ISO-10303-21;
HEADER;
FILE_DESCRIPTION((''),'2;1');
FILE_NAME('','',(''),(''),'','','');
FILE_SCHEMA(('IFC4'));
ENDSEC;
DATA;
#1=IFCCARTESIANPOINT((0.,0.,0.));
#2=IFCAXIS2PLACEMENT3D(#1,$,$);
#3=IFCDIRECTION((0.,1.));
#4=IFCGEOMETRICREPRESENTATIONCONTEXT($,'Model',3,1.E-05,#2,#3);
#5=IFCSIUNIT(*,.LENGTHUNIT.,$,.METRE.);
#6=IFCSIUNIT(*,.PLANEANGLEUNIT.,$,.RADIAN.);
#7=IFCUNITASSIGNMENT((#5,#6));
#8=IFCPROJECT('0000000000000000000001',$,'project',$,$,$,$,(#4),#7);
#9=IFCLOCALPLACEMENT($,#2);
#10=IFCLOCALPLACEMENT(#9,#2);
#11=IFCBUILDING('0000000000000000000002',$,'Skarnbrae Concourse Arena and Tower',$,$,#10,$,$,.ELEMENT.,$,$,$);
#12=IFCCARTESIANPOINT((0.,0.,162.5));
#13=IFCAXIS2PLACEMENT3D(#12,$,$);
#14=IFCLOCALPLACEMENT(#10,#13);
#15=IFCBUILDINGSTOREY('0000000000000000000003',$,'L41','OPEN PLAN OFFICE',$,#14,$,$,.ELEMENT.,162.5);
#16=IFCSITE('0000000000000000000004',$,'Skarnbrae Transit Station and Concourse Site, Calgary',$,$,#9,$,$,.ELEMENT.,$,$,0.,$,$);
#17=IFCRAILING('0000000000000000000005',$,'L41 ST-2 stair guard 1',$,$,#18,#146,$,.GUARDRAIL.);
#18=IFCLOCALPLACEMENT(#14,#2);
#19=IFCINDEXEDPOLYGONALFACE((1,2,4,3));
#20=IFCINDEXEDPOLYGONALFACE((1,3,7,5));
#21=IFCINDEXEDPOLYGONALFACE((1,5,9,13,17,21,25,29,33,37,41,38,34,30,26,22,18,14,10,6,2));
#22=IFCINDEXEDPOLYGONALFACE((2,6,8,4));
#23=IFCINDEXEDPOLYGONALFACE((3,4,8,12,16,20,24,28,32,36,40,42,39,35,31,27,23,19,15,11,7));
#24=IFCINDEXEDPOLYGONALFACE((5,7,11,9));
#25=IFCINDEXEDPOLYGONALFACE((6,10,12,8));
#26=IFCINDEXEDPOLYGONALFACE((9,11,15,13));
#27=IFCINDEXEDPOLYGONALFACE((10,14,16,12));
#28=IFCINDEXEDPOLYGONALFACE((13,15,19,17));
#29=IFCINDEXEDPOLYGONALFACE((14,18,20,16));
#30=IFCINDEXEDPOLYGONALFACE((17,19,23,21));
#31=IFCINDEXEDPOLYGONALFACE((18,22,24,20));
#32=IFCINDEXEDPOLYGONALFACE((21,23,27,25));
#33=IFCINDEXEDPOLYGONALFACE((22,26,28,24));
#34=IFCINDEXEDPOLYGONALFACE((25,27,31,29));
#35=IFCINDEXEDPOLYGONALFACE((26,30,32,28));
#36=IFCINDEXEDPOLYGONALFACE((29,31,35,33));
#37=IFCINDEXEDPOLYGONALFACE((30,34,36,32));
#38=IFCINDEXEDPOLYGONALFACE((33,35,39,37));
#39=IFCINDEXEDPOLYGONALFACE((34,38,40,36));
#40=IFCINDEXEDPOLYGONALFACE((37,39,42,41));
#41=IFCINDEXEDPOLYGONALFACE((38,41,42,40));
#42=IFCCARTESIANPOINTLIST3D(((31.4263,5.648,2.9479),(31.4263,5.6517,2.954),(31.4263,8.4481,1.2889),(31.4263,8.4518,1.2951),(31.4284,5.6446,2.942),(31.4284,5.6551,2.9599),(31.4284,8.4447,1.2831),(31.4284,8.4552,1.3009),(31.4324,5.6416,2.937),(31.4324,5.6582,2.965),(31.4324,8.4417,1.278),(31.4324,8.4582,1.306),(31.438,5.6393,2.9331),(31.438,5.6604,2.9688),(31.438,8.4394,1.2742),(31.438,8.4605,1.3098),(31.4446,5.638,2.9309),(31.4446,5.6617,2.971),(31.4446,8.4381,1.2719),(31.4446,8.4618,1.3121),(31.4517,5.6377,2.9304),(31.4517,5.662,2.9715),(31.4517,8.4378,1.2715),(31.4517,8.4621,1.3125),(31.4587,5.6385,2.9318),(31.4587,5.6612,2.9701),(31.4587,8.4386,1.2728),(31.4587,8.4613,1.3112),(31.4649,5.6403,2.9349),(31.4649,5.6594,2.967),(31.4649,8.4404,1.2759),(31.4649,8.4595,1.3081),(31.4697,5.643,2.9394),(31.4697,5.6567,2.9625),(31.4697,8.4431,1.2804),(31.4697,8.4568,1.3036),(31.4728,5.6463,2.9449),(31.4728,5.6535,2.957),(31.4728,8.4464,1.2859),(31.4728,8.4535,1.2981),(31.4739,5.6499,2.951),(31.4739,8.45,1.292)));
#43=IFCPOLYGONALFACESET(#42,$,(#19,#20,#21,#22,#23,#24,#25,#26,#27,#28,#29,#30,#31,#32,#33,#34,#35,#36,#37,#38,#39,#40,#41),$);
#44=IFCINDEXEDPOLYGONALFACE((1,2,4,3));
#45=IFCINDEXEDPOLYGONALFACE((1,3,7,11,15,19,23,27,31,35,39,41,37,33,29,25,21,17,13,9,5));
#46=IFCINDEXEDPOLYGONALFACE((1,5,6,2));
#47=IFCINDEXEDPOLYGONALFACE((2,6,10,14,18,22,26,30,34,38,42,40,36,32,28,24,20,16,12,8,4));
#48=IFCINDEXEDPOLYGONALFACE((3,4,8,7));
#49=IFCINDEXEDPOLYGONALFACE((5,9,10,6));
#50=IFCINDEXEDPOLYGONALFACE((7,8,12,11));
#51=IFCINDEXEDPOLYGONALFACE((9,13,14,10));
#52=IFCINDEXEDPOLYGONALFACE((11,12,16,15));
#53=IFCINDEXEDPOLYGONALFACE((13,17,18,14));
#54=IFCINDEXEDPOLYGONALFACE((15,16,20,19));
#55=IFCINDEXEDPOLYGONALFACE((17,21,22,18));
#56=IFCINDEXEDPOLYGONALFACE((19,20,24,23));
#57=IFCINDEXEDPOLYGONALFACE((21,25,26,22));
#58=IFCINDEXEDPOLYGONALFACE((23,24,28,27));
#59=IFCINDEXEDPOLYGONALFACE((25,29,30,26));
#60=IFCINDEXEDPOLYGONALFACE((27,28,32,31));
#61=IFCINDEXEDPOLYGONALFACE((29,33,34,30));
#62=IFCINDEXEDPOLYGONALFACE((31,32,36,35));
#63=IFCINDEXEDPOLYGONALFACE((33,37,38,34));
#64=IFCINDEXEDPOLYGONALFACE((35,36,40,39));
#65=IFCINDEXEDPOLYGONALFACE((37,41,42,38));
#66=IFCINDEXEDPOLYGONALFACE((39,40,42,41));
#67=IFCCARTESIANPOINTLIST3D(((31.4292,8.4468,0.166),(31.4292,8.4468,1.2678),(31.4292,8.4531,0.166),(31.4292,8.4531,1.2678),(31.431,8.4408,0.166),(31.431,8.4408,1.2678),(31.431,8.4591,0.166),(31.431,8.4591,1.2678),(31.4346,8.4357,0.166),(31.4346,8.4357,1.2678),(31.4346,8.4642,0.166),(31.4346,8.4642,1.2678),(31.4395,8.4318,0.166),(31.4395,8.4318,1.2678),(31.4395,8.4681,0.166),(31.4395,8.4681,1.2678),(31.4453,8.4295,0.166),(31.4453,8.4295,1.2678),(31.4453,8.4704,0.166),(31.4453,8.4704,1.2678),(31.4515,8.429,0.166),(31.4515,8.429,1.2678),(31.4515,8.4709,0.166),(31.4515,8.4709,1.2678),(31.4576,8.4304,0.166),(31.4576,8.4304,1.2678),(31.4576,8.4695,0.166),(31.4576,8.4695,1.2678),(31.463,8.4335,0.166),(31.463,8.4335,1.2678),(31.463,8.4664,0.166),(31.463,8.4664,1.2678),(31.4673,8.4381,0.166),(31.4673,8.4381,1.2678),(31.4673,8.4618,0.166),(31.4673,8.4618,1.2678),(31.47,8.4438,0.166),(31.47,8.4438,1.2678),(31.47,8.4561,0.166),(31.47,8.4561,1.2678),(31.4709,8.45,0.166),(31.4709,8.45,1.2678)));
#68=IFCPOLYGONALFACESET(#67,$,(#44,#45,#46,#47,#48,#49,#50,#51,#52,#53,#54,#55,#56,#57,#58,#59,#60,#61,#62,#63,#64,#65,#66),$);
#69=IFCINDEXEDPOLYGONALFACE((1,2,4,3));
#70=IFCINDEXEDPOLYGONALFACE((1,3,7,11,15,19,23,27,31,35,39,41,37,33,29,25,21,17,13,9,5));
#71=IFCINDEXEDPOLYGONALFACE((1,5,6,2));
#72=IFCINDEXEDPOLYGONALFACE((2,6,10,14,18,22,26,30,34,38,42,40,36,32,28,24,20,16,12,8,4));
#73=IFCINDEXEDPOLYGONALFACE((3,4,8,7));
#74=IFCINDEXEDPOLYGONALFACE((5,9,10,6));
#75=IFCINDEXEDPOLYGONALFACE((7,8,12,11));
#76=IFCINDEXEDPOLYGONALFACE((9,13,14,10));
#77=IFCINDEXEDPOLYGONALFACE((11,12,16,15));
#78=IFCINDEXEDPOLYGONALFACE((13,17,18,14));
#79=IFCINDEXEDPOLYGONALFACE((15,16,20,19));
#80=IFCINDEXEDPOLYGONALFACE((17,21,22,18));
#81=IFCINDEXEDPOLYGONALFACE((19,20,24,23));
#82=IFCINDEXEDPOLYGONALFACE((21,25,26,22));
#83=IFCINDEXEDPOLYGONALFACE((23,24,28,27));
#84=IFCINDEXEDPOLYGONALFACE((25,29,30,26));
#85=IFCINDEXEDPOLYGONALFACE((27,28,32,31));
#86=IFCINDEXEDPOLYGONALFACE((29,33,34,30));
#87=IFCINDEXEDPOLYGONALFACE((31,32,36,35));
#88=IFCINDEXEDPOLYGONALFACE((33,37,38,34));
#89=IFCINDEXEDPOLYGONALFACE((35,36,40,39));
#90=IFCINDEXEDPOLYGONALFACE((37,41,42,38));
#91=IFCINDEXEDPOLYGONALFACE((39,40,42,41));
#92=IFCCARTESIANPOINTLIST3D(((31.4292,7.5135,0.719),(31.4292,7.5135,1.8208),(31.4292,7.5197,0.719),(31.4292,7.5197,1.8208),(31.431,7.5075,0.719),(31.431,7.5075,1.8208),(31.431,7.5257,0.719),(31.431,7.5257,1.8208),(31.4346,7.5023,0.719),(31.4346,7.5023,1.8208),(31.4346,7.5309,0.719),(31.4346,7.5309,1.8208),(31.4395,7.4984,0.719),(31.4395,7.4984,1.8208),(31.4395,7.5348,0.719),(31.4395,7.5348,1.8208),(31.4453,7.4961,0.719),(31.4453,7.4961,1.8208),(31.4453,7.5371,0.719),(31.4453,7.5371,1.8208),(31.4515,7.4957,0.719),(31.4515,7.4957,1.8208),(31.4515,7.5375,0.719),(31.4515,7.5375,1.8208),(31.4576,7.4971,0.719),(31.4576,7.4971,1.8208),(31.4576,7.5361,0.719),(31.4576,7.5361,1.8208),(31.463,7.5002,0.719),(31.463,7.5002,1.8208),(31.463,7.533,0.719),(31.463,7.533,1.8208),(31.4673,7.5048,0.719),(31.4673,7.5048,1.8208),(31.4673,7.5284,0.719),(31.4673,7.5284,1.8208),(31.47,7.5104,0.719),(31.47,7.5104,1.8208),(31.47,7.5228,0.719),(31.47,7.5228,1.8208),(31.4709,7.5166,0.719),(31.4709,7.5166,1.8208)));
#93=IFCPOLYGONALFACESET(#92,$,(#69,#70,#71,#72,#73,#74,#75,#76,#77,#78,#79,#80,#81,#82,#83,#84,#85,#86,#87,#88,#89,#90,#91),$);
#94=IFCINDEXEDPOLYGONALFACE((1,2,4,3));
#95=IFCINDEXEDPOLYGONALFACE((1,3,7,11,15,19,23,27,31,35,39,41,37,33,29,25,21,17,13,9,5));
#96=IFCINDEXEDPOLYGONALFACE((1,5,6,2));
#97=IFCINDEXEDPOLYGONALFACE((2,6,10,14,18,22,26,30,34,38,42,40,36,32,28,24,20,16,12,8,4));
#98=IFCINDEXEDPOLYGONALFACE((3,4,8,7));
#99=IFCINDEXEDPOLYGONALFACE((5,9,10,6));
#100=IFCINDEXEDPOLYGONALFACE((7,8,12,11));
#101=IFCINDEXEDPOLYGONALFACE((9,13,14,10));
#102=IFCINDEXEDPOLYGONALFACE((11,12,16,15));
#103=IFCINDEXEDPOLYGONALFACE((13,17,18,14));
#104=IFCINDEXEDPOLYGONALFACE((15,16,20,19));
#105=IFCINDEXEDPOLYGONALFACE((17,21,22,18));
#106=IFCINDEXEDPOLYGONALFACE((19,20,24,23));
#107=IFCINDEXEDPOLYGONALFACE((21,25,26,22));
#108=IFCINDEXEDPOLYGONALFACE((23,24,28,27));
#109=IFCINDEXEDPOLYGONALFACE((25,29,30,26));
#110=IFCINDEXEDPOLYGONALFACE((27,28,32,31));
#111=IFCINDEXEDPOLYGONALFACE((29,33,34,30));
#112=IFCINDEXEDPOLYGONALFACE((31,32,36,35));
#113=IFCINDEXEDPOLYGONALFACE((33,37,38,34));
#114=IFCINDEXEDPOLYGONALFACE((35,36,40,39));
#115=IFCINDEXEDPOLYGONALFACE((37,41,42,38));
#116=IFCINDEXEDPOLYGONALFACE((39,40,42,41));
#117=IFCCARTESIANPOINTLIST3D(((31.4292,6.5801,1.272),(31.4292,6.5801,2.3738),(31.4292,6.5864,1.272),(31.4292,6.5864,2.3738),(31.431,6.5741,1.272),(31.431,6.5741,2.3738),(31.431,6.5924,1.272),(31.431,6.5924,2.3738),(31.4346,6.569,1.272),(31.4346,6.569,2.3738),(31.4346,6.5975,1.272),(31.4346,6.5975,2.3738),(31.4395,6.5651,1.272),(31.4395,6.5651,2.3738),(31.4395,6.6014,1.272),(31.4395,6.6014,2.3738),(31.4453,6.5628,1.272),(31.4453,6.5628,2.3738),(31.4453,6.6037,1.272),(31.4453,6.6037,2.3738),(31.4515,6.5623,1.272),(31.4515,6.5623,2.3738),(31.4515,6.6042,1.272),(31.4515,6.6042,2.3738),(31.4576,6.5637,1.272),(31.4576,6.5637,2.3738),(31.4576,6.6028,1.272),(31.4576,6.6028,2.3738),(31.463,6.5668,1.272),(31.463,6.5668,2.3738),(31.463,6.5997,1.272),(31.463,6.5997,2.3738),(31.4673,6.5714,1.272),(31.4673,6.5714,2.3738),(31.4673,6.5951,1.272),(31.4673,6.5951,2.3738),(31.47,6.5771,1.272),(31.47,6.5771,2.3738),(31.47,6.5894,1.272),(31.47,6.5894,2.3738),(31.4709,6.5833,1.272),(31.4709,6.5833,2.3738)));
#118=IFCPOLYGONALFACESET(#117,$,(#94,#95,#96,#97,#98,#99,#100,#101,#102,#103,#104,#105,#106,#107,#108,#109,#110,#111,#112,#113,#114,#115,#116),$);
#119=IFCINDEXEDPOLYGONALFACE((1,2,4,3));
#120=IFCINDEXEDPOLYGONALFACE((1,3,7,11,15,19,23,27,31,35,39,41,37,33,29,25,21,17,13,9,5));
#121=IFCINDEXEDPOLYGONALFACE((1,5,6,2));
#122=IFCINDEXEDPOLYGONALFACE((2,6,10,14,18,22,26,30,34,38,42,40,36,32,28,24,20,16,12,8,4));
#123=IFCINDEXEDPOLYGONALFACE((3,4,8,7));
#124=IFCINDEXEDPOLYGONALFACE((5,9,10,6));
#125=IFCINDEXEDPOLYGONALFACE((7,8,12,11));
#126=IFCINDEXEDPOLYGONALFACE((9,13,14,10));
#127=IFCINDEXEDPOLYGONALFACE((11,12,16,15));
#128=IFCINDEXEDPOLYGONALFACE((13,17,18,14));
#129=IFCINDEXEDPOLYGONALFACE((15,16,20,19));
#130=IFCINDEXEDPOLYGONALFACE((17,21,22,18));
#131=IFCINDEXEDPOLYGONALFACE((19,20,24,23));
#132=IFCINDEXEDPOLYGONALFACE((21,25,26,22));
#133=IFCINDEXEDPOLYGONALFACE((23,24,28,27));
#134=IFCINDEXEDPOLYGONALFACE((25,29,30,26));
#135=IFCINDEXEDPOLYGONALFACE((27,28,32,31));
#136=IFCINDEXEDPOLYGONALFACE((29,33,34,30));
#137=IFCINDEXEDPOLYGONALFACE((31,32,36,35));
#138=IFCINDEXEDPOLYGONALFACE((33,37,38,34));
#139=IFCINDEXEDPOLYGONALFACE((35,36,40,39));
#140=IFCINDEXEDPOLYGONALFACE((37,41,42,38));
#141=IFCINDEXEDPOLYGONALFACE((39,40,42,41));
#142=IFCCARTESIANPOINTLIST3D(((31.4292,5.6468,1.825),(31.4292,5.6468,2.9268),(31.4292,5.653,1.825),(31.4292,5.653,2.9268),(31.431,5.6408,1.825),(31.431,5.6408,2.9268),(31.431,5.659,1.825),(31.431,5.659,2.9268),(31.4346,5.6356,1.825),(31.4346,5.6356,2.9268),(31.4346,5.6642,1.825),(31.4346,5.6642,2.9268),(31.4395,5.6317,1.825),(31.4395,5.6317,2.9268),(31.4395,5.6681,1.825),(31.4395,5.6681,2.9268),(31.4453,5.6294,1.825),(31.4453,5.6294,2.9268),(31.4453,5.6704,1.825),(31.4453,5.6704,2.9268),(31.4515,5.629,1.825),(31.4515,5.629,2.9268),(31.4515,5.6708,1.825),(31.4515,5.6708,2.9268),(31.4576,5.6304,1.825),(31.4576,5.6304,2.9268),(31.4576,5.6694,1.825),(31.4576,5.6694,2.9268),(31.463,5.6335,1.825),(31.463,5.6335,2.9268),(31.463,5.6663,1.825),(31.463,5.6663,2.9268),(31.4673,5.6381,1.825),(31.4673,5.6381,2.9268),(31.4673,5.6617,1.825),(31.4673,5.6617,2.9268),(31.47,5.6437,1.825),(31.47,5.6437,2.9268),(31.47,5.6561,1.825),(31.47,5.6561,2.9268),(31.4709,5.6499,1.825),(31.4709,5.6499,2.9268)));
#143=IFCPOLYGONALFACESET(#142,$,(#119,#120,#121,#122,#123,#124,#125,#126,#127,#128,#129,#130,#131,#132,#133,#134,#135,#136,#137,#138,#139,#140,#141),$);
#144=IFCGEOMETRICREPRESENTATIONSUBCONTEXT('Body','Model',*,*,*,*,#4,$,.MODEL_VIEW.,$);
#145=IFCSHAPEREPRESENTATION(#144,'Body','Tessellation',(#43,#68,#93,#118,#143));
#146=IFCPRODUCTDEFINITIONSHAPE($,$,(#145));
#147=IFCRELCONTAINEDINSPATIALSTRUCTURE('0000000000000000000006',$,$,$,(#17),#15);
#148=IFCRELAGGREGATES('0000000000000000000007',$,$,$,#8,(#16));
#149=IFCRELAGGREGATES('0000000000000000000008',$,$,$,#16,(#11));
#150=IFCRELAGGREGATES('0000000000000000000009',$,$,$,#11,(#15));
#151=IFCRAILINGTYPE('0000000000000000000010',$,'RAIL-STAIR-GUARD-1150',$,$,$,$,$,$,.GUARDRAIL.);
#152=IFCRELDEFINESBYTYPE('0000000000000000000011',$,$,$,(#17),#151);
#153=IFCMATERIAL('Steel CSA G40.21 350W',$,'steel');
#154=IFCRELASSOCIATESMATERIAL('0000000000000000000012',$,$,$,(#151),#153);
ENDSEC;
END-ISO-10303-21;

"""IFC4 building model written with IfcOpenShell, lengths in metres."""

from ifc_helpers import new_model, si_unit, direction, frame, origin, origin_2d, place, context, subcontext, project, spatial, circle, extrude, material, type_object, element, save


model = new_model("IFC4")

# Units and contexts
model_context = context("Model", 3, precision=1e-05, world=origin(), true_north=direction((0.0, 1.0)))
body_context = subcontext(model_context, "Body", "Model", "MODEL_VIEW")
ifc_project = project(units=[si_unit("LENGTHUNIT", "METRE"), si_unit("PLANEANGLEUNIT", "RADIAN")], contexts=[model_context])

# Site, building, storey
site_placement = place(None, origin())
site = spatial("IfcSite", under=ifc_project, at=site_placement, Name="Skarnbrae Transit Station and Concourse Site, Calgary", CompositionType="ELEMENT", RefElevation=0.0)
building_placement = place(site_placement, origin())
building = spatial("IfcBuilding", under=site, at=building_placement, Name="Skarnbrae Concourse Arena and Tower", CompositionType="ELEMENT")
storey_placement = place(building_placement, frame((0.0, 0.0, 162.5)))
storey = spatial("IfcBuildingStorey", under=building, at=storey_placement, Name="L41", Description="OPEN PLAN OFFICE", CompositionType="ELEMENT", Elevation=162.5)

# Shared definitions
ifc_material_1 = material(Name="Steel CSA G40.21 350W", Category="steel")

# Railing
railing_type_1 = type_object("IfcRailingType", Name="RAIL-STAIR-GUARD-1150", PredefinedType="GUARDRAIL", material=ifc_material_1)
railing_1_placement = place(storey_placement, frame((31.45, 8.45, 0.166)))
element("IfcRailing", 1, at=railing_1_placement, inside=storey, type_object=railing_type_1, Name="L41 ST-2 stair guard 1", PredefinedType="GUARDRAIL", context=body_context, shape_type="SweptSolid", body=[
    extrude(circle(Radius=0.0239, at=origin_2d()), frame((0.0, 0.0, 1.126), z_axis=(0.0, -0.860339, 0.509722), x_axis=(1.0, 0.0, 0.0)), (0.0, 0.0, 1.0), 3.2546),
    extrude(circle(Radius=0.021, at=origin_2d()), origin(), (0.0, 0.0, 1.0), 1.1018),
    extrude(circle(Radius=0.021, at=origin_2d()), frame((0.0, -0.9333, 0.553)), (0.0, 0.0, 1.0), 1.1018),
    extrude(circle(Radius=0.021, at=origin_2d()), frame((0.0, -1.8667, 1.106)), (0.0, 0.0, 1.0), 1.1018),
    extrude(circle(Radius=0.021, at=origin_2d()), frame((0.0, -2.8, 1.6589)), (0.0, 0.0, 1.0), 1.1018),
])

save(model, "model.ifc")
